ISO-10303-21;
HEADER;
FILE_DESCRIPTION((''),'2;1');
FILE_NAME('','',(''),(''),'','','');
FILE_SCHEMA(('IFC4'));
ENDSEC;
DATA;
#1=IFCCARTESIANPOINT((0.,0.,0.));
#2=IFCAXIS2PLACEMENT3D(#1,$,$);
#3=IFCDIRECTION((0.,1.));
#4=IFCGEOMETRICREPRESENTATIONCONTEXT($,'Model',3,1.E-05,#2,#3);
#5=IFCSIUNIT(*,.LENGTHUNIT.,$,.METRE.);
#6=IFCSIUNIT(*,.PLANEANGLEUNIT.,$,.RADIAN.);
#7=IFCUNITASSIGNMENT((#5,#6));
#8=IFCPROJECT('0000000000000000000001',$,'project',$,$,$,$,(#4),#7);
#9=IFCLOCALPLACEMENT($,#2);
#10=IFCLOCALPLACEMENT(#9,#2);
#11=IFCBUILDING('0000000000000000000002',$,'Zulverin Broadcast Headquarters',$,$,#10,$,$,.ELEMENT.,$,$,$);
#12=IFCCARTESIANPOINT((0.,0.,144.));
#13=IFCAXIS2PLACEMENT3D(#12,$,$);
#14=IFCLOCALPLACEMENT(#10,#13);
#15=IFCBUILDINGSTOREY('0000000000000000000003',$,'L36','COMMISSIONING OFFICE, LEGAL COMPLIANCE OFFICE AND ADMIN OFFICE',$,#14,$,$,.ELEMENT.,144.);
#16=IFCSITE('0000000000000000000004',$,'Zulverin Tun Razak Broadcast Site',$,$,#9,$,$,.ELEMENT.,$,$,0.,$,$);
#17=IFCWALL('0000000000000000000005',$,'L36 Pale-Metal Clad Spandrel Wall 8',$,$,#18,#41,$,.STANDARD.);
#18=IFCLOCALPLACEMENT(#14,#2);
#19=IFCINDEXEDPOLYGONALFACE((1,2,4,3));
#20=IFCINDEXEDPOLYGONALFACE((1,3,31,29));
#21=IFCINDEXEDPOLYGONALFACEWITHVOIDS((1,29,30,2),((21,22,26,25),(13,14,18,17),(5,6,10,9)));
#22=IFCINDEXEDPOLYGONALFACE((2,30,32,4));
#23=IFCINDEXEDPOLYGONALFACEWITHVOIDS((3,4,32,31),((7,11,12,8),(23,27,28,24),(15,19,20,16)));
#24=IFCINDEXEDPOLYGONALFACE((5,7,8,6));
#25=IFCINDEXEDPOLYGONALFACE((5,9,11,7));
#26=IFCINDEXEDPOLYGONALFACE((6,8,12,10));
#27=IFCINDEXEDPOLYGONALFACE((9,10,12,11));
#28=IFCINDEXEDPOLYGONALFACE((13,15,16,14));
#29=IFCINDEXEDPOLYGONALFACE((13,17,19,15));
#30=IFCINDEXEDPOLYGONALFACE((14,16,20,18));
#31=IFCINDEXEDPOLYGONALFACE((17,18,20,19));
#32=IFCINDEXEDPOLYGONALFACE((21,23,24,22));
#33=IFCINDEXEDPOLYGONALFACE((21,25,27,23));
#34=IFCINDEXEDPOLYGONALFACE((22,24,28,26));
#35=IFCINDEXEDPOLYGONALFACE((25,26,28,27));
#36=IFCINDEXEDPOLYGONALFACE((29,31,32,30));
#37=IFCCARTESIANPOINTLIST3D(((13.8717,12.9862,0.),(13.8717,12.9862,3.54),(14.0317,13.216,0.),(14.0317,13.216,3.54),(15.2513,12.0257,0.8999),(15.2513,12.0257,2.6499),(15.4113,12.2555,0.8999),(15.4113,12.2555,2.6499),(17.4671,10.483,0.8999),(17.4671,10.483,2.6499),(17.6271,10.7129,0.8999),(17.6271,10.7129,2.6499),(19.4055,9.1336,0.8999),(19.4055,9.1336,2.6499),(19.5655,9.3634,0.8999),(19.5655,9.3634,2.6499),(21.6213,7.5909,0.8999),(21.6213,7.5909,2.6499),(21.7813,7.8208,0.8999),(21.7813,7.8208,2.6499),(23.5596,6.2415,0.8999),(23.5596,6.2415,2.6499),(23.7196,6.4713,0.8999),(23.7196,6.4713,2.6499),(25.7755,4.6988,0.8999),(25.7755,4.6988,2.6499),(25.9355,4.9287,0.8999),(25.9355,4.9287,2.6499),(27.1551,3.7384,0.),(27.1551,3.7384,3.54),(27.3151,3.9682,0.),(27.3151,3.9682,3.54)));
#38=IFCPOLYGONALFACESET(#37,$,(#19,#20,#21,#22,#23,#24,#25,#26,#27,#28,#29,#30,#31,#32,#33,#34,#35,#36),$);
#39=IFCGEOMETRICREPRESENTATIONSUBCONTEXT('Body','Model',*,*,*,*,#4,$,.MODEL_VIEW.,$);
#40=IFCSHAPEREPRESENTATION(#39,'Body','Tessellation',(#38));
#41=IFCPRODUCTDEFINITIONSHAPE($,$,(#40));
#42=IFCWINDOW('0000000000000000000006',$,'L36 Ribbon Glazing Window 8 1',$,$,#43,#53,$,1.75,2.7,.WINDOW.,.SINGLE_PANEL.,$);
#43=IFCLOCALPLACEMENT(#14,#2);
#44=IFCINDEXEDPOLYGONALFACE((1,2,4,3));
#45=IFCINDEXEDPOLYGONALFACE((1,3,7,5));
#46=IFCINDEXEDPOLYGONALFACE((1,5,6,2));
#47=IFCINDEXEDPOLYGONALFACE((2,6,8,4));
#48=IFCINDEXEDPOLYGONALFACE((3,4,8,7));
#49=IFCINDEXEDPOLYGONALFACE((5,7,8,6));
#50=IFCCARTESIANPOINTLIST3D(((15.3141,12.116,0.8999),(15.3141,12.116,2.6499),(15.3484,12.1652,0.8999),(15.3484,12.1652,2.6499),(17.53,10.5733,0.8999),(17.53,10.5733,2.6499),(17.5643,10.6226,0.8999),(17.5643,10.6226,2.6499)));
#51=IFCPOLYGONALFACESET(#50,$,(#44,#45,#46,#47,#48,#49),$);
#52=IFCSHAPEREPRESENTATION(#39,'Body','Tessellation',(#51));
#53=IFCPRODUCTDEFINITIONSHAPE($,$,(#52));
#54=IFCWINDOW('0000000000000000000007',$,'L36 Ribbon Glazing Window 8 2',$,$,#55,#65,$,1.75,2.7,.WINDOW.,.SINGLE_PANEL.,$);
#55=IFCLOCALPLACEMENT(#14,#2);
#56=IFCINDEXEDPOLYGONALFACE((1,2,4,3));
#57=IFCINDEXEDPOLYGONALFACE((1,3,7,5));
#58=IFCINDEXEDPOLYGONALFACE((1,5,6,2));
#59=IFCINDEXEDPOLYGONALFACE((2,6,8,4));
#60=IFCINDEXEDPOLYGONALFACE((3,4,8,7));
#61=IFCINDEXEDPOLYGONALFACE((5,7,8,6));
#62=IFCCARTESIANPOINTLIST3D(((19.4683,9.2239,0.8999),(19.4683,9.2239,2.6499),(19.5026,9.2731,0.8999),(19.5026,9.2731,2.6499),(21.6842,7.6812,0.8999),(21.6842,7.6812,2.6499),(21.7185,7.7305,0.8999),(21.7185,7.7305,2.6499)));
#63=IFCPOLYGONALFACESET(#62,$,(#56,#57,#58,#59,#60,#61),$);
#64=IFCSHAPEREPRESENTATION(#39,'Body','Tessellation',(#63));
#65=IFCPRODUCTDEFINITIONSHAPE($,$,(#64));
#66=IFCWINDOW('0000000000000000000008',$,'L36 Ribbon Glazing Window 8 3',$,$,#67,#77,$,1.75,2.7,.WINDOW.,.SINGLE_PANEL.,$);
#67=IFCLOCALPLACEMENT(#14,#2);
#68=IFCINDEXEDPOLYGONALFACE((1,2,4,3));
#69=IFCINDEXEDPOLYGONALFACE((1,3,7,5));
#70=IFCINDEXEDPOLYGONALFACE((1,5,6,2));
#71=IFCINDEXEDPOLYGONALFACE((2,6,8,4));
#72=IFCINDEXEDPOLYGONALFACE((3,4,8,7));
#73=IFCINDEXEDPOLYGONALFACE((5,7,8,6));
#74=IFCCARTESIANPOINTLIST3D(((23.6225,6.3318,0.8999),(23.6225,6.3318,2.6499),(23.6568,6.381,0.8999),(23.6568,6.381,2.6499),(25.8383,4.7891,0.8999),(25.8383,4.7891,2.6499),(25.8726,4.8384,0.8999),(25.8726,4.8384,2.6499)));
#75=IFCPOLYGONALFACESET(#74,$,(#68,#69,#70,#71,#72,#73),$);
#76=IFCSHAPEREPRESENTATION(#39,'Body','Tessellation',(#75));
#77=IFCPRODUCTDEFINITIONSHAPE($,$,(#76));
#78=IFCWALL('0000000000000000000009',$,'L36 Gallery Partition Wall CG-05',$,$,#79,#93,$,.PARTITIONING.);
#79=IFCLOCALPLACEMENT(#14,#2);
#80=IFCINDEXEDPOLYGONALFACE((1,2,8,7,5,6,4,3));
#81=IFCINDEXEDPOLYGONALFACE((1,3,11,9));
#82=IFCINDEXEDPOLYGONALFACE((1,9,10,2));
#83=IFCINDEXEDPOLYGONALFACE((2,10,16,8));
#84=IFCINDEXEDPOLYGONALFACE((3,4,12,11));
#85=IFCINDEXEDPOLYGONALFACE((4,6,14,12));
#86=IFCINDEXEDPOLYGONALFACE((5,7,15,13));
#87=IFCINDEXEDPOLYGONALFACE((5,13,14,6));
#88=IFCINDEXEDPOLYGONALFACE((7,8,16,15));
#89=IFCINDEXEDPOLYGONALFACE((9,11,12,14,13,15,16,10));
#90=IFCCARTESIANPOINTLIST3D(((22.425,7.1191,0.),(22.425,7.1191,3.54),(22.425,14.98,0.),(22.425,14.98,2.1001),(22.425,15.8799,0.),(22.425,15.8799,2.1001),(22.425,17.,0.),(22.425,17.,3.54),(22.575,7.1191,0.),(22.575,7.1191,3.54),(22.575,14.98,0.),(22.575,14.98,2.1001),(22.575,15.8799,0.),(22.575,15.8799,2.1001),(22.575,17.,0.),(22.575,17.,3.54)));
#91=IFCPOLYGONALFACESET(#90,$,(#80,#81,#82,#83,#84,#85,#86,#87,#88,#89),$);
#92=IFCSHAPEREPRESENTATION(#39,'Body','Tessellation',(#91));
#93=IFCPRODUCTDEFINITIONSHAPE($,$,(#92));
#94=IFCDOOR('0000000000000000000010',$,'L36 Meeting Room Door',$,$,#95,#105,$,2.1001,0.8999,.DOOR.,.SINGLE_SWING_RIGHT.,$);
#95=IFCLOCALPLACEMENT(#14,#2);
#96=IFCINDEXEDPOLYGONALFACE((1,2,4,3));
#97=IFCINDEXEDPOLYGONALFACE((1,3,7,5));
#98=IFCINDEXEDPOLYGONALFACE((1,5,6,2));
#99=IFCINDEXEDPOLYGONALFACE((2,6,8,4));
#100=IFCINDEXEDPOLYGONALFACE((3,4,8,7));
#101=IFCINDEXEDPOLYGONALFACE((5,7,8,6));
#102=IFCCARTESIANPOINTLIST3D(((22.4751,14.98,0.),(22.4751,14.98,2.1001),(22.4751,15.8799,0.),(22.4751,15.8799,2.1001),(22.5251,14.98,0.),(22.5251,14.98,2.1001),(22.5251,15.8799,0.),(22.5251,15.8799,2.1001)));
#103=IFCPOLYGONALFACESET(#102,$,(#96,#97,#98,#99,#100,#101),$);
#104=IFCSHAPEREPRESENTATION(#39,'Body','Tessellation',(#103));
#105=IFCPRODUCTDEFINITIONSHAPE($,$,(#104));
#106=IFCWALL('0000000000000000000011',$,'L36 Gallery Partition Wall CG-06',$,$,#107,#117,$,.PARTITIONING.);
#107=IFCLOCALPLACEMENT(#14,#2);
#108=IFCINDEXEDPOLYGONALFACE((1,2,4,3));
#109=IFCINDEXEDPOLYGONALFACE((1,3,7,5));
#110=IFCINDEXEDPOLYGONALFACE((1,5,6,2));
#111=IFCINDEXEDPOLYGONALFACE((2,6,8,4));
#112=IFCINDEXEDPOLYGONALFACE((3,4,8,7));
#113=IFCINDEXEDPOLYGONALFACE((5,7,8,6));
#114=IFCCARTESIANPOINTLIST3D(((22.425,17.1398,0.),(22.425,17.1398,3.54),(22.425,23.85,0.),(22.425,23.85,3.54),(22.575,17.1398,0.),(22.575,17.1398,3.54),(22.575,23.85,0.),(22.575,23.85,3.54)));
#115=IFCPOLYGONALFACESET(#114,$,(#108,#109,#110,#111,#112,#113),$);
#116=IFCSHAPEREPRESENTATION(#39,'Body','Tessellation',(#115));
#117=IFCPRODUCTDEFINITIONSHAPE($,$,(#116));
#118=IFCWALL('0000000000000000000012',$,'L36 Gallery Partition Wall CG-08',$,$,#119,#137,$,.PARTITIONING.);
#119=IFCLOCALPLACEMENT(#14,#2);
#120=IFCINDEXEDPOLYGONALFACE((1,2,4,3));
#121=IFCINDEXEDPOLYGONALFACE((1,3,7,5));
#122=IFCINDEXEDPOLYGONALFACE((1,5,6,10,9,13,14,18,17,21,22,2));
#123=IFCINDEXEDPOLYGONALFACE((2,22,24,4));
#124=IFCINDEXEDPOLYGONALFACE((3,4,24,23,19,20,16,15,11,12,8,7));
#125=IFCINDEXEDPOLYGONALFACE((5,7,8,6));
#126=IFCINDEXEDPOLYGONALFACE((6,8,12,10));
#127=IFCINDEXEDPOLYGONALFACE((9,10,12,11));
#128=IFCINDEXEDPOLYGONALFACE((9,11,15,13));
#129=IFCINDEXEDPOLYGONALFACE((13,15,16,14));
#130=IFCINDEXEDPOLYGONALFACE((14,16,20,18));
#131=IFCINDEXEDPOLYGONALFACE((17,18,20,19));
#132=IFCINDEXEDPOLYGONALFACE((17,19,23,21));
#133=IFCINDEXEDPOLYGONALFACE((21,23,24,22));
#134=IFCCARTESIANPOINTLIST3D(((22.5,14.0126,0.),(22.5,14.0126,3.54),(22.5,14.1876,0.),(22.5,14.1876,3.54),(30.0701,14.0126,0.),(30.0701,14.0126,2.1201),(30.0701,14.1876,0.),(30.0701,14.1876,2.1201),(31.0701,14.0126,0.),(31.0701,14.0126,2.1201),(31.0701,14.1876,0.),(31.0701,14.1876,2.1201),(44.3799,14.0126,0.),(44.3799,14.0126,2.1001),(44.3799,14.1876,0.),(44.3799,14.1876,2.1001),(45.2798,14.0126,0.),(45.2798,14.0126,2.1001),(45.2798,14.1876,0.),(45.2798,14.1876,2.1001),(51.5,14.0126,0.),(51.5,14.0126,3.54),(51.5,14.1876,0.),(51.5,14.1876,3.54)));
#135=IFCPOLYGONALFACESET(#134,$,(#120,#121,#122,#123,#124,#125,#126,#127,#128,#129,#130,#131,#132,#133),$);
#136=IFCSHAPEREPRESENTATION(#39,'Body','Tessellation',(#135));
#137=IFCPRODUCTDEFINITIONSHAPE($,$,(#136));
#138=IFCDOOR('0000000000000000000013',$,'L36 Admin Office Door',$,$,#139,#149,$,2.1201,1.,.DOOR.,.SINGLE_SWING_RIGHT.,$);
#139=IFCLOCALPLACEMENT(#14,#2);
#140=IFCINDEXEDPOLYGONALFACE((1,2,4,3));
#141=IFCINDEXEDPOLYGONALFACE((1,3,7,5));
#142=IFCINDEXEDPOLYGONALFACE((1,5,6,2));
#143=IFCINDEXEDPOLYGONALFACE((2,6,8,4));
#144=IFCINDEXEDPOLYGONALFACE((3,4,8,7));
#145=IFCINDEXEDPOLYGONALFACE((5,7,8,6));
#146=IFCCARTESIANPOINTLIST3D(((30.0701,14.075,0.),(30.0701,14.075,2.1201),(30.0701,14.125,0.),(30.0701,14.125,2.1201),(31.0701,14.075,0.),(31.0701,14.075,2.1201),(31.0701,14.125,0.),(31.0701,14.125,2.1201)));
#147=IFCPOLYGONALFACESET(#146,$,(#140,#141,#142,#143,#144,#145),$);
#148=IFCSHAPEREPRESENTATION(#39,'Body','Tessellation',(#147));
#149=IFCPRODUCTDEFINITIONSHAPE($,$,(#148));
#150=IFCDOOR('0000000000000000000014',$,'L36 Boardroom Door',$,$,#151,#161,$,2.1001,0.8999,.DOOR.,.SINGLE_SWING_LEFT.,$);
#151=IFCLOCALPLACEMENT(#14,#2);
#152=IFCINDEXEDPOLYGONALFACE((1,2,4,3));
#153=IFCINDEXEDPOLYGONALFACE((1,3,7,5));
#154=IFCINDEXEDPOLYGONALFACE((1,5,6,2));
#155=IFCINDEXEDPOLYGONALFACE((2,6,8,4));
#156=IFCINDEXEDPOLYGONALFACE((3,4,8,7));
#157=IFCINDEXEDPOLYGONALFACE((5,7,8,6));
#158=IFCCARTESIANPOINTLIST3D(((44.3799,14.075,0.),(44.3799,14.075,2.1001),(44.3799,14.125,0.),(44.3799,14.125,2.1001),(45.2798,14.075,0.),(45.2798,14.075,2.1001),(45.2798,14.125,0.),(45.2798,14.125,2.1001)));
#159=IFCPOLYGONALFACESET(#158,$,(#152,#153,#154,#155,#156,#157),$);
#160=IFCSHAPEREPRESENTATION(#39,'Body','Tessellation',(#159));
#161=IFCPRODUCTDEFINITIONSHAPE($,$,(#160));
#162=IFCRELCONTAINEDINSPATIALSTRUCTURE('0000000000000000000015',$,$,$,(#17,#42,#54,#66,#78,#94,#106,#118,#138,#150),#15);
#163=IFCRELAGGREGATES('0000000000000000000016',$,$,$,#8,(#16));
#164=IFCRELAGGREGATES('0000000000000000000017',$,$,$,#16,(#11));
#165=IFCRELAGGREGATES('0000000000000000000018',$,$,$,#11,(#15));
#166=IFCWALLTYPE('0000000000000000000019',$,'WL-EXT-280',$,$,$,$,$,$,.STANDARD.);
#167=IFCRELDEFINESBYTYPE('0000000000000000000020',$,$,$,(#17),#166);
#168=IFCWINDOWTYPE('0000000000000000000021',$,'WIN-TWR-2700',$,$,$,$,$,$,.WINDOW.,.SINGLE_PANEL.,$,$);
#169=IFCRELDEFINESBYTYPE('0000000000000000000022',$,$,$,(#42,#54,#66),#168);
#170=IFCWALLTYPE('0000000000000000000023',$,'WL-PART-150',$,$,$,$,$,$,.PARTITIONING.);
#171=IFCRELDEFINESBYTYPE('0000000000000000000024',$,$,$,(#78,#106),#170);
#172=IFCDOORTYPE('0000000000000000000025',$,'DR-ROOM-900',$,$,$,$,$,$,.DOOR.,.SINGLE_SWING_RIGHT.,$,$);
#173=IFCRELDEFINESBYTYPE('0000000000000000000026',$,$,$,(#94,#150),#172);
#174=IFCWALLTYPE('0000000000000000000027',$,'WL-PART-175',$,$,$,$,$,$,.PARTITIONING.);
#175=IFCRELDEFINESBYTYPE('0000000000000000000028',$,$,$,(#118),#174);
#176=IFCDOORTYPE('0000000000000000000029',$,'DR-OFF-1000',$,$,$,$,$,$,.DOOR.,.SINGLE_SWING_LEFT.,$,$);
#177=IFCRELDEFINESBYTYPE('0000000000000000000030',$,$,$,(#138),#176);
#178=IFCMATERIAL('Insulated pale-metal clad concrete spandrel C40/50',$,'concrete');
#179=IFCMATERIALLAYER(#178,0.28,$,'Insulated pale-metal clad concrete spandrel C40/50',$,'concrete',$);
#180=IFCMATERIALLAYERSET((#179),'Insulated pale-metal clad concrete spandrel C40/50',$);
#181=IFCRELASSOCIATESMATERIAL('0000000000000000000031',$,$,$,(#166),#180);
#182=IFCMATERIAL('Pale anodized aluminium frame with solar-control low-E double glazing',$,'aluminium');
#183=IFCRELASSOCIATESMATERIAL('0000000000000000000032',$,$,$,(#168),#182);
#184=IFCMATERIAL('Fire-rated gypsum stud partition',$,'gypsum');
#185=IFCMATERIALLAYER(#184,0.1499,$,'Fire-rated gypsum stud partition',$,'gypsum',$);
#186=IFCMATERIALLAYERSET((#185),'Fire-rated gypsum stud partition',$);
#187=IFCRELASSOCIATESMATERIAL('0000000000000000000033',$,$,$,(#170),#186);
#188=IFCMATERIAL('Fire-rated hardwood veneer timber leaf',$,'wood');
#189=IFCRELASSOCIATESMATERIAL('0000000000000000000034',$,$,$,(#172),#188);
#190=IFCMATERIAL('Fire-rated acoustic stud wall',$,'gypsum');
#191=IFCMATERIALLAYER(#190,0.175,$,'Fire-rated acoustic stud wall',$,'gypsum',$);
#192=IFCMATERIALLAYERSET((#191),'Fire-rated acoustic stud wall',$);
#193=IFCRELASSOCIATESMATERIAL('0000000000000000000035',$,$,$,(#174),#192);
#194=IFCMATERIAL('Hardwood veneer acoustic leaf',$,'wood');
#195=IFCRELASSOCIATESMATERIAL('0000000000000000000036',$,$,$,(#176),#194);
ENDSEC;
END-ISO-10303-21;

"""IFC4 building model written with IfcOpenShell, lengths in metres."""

from ifc_helpers import new_model, si_unit, direction, frame, frame_2d, origin, place, context, subcontext, project, spatial, rectangle, extrude, material, layer, layer_set, type_object, element, fill, save


model = new_model("IFC4")

# Units and contexts
model_context = context("Model", 3, precision=1e-05, world=origin(), true_north=direction((0.0, 1.0)))
body_context = subcontext(model_context, "Body", "Model", "MODEL_VIEW")
ifc_project = project(units=[si_unit("LENGTHUNIT", "METRE"), si_unit("PLANEANGLEUNIT", "RADIAN")], contexts=[model_context])

# Site, building, storey
site_placement = place(None, origin())
site = spatial("IfcSite", under=ifc_project, at=site_placement, Name="Zulverin Tun Razak Broadcast Site", CompositionType="ELEMENT", RefElevation=0.0)
building_placement = place(site_placement, origin())
building = spatial("IfcBuilding", under=site, at=building_placement, Name="Zulverin Broadcast Headquarters", CompositionType="ELEMENT")
storey_placement = place(building_placement, frame((0.0, 0.0, 144.0)))
storey = spatial("IfcBuildingStorey", under=building, at=storey_placement, Name="L36", Description="COMMISSIONING OFFICE, LEGAL COMPLIANCE OFFICE AND ADMIN OFFICE", CompositionType="ELEMENT", Elevation=144.0)

# Wall, openings, windows
ifc_material_1 = material(Name="Insulated pale-metal clad concrete spandrel C40/50", Category="concrete")
ifc_layer_1 = layer(ifc_material_1, 0.28, Name="Insulated pale-metal clad concrete spandrel C40/50", Category="concrete")
ifc_layer_set_1 = layer_set([ifc_layer_1], Name="Insulated pale-metal clad concrete spandrel C40/50")
wall_type_1 = type_object("IfcWallType", Name="WL-EXT-280", PredefinedType="STANDARD", material=ifc_layer_set_1)
wall_1_placement = place(storey_placement, frame((13.9517, 13.1011, 0.0), z_axis=(0.0, 0.0, 1.0), x_axis=(0.820698, -0.571362, 0.0)))
wall_1 = element("IfcWall", 1, at=wall_1_placement, inside=storey, type_object=wall_type_1, Name="L36 Pale-Metal Clad Spandrel Wall 8", PredefinedType="STANDARD", context=body_context, shape_type="SweptSolid", body=[
    extrude(rectangle(XDim=16.1855, YDim=0.28, at=frame_2d((8.0928, 0.0))), origin(), (0.0, 0.0, 1.0), 3.54),
])
opening_1_placement = place(wall_1_placement, frame((1.6809, 0.0, 0.8999)))
opening_1 = element("IfcOpeningElement", 2, at=opening_1_placement, cuts=wall_1, PredefinedType="OPENING", context=body_context, shape_type="SweptSolid", body=[
    extrude(rectangle(XDim=2.7, YDim=1.75, at=frame_2d((1.3501, 0.875))), frame((0.0, 0.1499, 0.0), z_axis=(0.0, -1.0, 0.0), x_axis=(1.0, 0.0, 0.0)), (0.0, 0.0, 1.0), 0.3),
])
opening_2_placement = place(wall_1_placement, frame((6.7427, 0.0, 0.8999)))
opening_2 = element("IfcOpeningElement", 3, at=opening_2_placement, cuts=wall_1, PredefinedType="OPENING", context=body_context, shape_type="SweptSolid", body=[
    extrude(rectangle(XDim=2.7, YDim=1.75, at=frame_2d((1.3501, 0.875))), frame((0.0, 0.1499, 0.0), z_axis=(0.0, -1.0, 0.0), x_axis=(1.0, 0.0, 0.0)), (0.0, 0.0, 1.0), 0.3),
])
opening_3_placement = place(wall_1_placement, frame((11.8044, 0.0, 0.8999)))
opening_3 = element("IfcOpeningElement", 4, at=opening_3_placement, cuts=wall_1, PredefinedType="OPENING", context=body_context, shape_type="SweptSolid", body=[
    extrude(rectangle(XDim=2.7, YDim=1.75, at=frame_2d((1.3501, 0.875))), frame((0.0, 0.1499, 0.0), z_axis=(0.0, -1.0, 0.0), x_axis=(1.0, 0.0, 0.0)), (0.0, 0.0, 1.0), 0.3),
])
ifc_material_2 = material(Name="Pale anodized aluminium frame with solar-control low-E double glazing", Category="aluminium")
window_type = type_object("IfcWindowType", Name="WIN-TWR-2700", PartitioningType="SINGLE_PANEL", PredefinedType="WINDOW", material=ifc_material_2)
window_1_placement = place(opening_1_placement, origin())
window_1 = element("IfcWindow", 5, at=window_1_placement, inside=storey, type_object=window_type, Name="L36 Ribbon Glazing Window 8 1", OverallHeight=1.75, OverallWidth=2.7, PartitioningType="SINGLE_PANEL", PredefinedType="WINDOW", context=body_context, shape_type="SweptSolid", body=[
    extrude(rectangle(XDim=2.7, YDim=1.75, at=frame_2d((1.3501, 0.875))), frame((0.0, 0.03, 0.0), z_axis=(0.0, -1.0, 0.0), x_axis=(1.0, 0.0, 0.0)), (0.0, 0.0, 1.0), 0.0601),
])
fill(opening_1, window_1)
window_2_placement = place(opening_2_placement, origin())
window_2 = element("IfcWindow", 6, at=window_2_placement, inside=storey, type_object=window_type, Name="L36 Ribbon Glazing Window 8 2", OverallHeight=1.75, OverallWidth=2.7, PartitioningType="SINGLE_PANEL", PredefinedType="WINDOW", context=body_context, shape_type="SweptSolid", body=[
    extrude(rectangle(XDim=2.7, YDim=1.75, at=frame_2d((1.3501, 0.875))), frame((0.0, 0.03, 0.0), z_axis=(0.0, -1.0, 0.0), x_axis=(1.0, 0.0, 0.0)), (0.0, 0.0, 1.0), 0.0601),
])
fill(opening_2, window_2)
window_3_placement = place(opening_3_placement, origin())
window_3 = element("IfcWindow", 7, at=window_3_placement, inside=storey, type_object=window_type, Name="L36 Ribbon Glazing Window 8 3", OverallHeight=1.75, OverallWidth=2.7, PartitioningType="SINGLE_PANEL", PredefinedType="WINDOW", context=body_context, shape_type="SweptSolid", body=[
    extrude(rectangle(XDim=2.7, YDim=1.75, at=frame_2d((1.3501, 0.875))), frame((0.0, 0.03, 0.0), z_axis=(0.0, -1.0, 0.0), x_axis=(1.0, 0.0, 0.0)), (0.0, 0.0, 1.0), 0.0601),
])
fill(opening_3, window_3)

# Wall, opening, door
ifc_material_3 = material(Name="Fire-rated gypsum stud partition", Category="gypsum")
ifc_layer_2 = layer(ifc_material_3, 0.1499, Name="Fire-rated gypsum stud partition", Category="gypsum")
ifc_layer_set_2 = layer_set([ifc_layer_2], Name="Fire-rated gypsum stud partition")
wall_type_2 = type_object("IfcWallType", Name="WL-PART-150", PredefinedType="PARTITIONING", material=ifc_layer_set_2)
wall_2_placement = place(storey_placement, frame((22.5, 7.1191, 0.0), z_axis=(0.0, 0.0, 1.0), x_axis=(0.0, 1.0, 0.0)))
wall_2 = element("IfcWall", 8, at=wall_2_placement, inside=storey, type_object=wall_type_2, Name="L36 Gallery Partition Wall CG-05", PredefinedType="PARTITIONING", context=body_context, shape_type="SweptSolid", body=[
    extrude(rectangle(XDim=9.8809, YDim=0.1499, at=frame_2d((4.9404, 0.0))), origin(), (0.0, 0.0, 1.0), 3.54),
])
opening_4_placement = place(wall_2_placement, frame((7.8608, 0.0, 0.0)))
opening_4 = element("IfcOpeningElement", 9, at=opening_4_placement, cuts=wall_2, PredefinedType="OPENING", context=body_context, shape_type="SweptSolid", body=[
    extrude(rectangle(XDim=0.8999, YDim=2.1001, at=frame_2d((0.45, 1.05))), frame((0.0, 0.085, 0.0), z_axis=(0.0, -1.0, 0.0), x_axis=(1.0, 0.0, 0.0)), (0.0, 0.0, 1.0), 0.1699),
])
ifc_material_4 = material(Name="Fire-rated hardwood veneer timber leaf", Category="wood")
door_type_1 = type_object("IfcDoorType", Name="DR-ROOM-900", OperationType="SINGLE_SWING_RIGHT", PredefinedType="DOOR", material=ifc_material_4)
door_1_placement = place(opening_4_placement, origin())
door_1 = element("IfcDoor", 10, at=door_1_placement, inside=storey, type_object=door_type_1, Name="L36 Meeting Room Door", OperationType="SINGLE_SWING_RIGHT", OverallHeight=2.1001, OverallWidth=0.8999, PredefinedType="DOOR", context=body_context, shape_type="SweptSolid", body=[
    extrude(rectangle(XDim=0.8999, YDim=2.1001, at=frame_2d((0.45, 1.05))), frame((0.0, 0.0249, 0.0), z_axis=(0.0, -1.0, 0.0), x_axis=(1.0, 0.0, 0.0)), (0.0, 0.0, 1.0), 0.05),
])
fill(opening_4, door_1)

# Wall
wall_3_placement = place(storey_placement, frame((22.5, 17.1399, 0.0), z_axis=(0.0, 0.0, 1.0), x_axis=(0.0, 1.0, 0.0)))
element("IfcWall", 11, at=wall_3_placement, inside=storey, type_object=wall_type_2, Name="L36 Gallery Partition Wall CG-06", PredefinedType="PARTITIONING", context=body_context, shape_type="SweptSolid", body=[
    extrude(rectangle(XDim=6.7102, YDim=0.1499, at=frame_2d((3.355, 0.0))), origin(), (0.0, 0.0, 1.0), 3.54),
])

# Wall, openings, doors
ifc_material_5 = material(Name="Fire-rated acoustic stud wall", Category="gypsum")
ifc_layer_3 = layer(ifc_material_5, 0.175, Name="Fire-rated acoustic stud wall", Category="gypsum")
ifc_layer_set_3 = layer_set([ifc_layer_3], Name="Fire-rated acoustic stud wall")
wall_type_3 = type_object("IfcWallType", Name="WL-PART-175", PredefinedType="PARTITIONING", material=ifc_layer_set_3)
wall_4_placement = place(storey_placement, frame((22.5, 14.1001, 0.0), z_axis=(0.0, 0.0, 1.0), x_axis=(1.0, 0.0, 0.0)))
wall_4 = element("IfcWall", 12, at=wall_4_placement, inside=storey, type_object=wall_type_3, Name="L36 Gallery Partition Wall CG-08", PredefinedType="PARTITIONING", context=body_context, shape_type="SweptSolid", body=[
    extrude(rectangle(XDim=29.0, YDim=0.175, at=frame_2d((14.5, 0.0))), origin(), (0.0, 0.0, 1.0), 3.54),
])
opening_5_placement = place(wall_4_placement, frame((7.5701, 0.0, 0.0)))
opening_5 = element("IfcOpeningElement", 13, at=opening_5_placement, cuts=wall_4, PredefinedType="OPENING", context=body_context, shape_type="SweptSolid", body=[
    extrude(rectangle(XDim=1.0, YDim=2.1201, at=frame_2d((0.5, 1.0601))), frame((0.0, 0.0974, 0.0), z_axis=(0.0, -1.0, 0.0), x_axis=(1.0, 0.0, 0.0)), (0.0, 0.0, 1.0), 0.1951),
])
opening_6_placement = place(wall_4_placement, frame((21.8799, 0.0, 0.0)))
opening_6 = element("IfcOpeningElement", 14, at=opening_6_placement, cuts=wall_4, PredefinedType="OPENING", context=body_context, shape_type="SweptSolid", body=[
    extrude(rectangle(XDim=0.8999, YDim=2.1001, at=frame_2d((0.45, 1.05))), frame((0.0, 0.0974, 0.0), z_axis=(0.0, -1.0, 0.0), x_axis=(1.0, 0.0, 0.0)), (0.0, 0.0, 1.0), 0.1951),
])
ifc_material_6 = material(Name="Hardwood veneer acoustic leaf", Category="wood")
door_type_2 = type_object("IfcDoorType", Name="DR-OFF-1000", OperationType="SINGLE_SWING_LEFT", PredefinedType="DOOR", material=ifc_material_6)
door_2_placement = place(opening_5_placement, origin())
door_2 = element("IfcDoor", 15, at=door_2_placement, inside=storey, type_object=door_type_2, Name="L36 Admin Office Door", OperationType="SINGLE_SWING_RIGHT", OverallHeight=2.1201, OverallWidth=1.0, PredefinedType="DOOR", context=body_context, shape_type="SweptSolid", body=[
    extrude(rectangle(XDim=1.0, YDim=2.1201, at=frame_2d((0.5, 1.0601))), frame((0.0, 0.0249, 0.0), z_axis=(0.0, -1.0, 0.0), x_axis=(1.0, 0.0, 0.0)), (0.0, 0.0, 1.0), 0.05),
])
fill(opening_5, door_2)
door_3_placement = place(opening_6_placement, origin())
door_3 = element("IfcDoor", 16, at=door_3_placement, inside=storey, type_object=door_type_1, Name="L36 Boardroom Door", OperationType="SINGLE_SWING_LEFT", OverallHeight=2.1001, OverallWidth=0.8999, PredefinedType="DOOR", context=body_context, shape_type="SweptSolid", body=[
    extrude(rectangle(XDim=0.8999, YDim=2.1001, at=frame_2d((0.45, 1.05))), frame((0.0, 0.0249, 0.0), z_axis=(0.0, -1.0, 0.0), x_axis=(1.0, 0.0, 0.0)), (0.0, 0.0, 1.0), 0.05),
])
fill(opening_6, door_3)

save(model, "model.ifc")
